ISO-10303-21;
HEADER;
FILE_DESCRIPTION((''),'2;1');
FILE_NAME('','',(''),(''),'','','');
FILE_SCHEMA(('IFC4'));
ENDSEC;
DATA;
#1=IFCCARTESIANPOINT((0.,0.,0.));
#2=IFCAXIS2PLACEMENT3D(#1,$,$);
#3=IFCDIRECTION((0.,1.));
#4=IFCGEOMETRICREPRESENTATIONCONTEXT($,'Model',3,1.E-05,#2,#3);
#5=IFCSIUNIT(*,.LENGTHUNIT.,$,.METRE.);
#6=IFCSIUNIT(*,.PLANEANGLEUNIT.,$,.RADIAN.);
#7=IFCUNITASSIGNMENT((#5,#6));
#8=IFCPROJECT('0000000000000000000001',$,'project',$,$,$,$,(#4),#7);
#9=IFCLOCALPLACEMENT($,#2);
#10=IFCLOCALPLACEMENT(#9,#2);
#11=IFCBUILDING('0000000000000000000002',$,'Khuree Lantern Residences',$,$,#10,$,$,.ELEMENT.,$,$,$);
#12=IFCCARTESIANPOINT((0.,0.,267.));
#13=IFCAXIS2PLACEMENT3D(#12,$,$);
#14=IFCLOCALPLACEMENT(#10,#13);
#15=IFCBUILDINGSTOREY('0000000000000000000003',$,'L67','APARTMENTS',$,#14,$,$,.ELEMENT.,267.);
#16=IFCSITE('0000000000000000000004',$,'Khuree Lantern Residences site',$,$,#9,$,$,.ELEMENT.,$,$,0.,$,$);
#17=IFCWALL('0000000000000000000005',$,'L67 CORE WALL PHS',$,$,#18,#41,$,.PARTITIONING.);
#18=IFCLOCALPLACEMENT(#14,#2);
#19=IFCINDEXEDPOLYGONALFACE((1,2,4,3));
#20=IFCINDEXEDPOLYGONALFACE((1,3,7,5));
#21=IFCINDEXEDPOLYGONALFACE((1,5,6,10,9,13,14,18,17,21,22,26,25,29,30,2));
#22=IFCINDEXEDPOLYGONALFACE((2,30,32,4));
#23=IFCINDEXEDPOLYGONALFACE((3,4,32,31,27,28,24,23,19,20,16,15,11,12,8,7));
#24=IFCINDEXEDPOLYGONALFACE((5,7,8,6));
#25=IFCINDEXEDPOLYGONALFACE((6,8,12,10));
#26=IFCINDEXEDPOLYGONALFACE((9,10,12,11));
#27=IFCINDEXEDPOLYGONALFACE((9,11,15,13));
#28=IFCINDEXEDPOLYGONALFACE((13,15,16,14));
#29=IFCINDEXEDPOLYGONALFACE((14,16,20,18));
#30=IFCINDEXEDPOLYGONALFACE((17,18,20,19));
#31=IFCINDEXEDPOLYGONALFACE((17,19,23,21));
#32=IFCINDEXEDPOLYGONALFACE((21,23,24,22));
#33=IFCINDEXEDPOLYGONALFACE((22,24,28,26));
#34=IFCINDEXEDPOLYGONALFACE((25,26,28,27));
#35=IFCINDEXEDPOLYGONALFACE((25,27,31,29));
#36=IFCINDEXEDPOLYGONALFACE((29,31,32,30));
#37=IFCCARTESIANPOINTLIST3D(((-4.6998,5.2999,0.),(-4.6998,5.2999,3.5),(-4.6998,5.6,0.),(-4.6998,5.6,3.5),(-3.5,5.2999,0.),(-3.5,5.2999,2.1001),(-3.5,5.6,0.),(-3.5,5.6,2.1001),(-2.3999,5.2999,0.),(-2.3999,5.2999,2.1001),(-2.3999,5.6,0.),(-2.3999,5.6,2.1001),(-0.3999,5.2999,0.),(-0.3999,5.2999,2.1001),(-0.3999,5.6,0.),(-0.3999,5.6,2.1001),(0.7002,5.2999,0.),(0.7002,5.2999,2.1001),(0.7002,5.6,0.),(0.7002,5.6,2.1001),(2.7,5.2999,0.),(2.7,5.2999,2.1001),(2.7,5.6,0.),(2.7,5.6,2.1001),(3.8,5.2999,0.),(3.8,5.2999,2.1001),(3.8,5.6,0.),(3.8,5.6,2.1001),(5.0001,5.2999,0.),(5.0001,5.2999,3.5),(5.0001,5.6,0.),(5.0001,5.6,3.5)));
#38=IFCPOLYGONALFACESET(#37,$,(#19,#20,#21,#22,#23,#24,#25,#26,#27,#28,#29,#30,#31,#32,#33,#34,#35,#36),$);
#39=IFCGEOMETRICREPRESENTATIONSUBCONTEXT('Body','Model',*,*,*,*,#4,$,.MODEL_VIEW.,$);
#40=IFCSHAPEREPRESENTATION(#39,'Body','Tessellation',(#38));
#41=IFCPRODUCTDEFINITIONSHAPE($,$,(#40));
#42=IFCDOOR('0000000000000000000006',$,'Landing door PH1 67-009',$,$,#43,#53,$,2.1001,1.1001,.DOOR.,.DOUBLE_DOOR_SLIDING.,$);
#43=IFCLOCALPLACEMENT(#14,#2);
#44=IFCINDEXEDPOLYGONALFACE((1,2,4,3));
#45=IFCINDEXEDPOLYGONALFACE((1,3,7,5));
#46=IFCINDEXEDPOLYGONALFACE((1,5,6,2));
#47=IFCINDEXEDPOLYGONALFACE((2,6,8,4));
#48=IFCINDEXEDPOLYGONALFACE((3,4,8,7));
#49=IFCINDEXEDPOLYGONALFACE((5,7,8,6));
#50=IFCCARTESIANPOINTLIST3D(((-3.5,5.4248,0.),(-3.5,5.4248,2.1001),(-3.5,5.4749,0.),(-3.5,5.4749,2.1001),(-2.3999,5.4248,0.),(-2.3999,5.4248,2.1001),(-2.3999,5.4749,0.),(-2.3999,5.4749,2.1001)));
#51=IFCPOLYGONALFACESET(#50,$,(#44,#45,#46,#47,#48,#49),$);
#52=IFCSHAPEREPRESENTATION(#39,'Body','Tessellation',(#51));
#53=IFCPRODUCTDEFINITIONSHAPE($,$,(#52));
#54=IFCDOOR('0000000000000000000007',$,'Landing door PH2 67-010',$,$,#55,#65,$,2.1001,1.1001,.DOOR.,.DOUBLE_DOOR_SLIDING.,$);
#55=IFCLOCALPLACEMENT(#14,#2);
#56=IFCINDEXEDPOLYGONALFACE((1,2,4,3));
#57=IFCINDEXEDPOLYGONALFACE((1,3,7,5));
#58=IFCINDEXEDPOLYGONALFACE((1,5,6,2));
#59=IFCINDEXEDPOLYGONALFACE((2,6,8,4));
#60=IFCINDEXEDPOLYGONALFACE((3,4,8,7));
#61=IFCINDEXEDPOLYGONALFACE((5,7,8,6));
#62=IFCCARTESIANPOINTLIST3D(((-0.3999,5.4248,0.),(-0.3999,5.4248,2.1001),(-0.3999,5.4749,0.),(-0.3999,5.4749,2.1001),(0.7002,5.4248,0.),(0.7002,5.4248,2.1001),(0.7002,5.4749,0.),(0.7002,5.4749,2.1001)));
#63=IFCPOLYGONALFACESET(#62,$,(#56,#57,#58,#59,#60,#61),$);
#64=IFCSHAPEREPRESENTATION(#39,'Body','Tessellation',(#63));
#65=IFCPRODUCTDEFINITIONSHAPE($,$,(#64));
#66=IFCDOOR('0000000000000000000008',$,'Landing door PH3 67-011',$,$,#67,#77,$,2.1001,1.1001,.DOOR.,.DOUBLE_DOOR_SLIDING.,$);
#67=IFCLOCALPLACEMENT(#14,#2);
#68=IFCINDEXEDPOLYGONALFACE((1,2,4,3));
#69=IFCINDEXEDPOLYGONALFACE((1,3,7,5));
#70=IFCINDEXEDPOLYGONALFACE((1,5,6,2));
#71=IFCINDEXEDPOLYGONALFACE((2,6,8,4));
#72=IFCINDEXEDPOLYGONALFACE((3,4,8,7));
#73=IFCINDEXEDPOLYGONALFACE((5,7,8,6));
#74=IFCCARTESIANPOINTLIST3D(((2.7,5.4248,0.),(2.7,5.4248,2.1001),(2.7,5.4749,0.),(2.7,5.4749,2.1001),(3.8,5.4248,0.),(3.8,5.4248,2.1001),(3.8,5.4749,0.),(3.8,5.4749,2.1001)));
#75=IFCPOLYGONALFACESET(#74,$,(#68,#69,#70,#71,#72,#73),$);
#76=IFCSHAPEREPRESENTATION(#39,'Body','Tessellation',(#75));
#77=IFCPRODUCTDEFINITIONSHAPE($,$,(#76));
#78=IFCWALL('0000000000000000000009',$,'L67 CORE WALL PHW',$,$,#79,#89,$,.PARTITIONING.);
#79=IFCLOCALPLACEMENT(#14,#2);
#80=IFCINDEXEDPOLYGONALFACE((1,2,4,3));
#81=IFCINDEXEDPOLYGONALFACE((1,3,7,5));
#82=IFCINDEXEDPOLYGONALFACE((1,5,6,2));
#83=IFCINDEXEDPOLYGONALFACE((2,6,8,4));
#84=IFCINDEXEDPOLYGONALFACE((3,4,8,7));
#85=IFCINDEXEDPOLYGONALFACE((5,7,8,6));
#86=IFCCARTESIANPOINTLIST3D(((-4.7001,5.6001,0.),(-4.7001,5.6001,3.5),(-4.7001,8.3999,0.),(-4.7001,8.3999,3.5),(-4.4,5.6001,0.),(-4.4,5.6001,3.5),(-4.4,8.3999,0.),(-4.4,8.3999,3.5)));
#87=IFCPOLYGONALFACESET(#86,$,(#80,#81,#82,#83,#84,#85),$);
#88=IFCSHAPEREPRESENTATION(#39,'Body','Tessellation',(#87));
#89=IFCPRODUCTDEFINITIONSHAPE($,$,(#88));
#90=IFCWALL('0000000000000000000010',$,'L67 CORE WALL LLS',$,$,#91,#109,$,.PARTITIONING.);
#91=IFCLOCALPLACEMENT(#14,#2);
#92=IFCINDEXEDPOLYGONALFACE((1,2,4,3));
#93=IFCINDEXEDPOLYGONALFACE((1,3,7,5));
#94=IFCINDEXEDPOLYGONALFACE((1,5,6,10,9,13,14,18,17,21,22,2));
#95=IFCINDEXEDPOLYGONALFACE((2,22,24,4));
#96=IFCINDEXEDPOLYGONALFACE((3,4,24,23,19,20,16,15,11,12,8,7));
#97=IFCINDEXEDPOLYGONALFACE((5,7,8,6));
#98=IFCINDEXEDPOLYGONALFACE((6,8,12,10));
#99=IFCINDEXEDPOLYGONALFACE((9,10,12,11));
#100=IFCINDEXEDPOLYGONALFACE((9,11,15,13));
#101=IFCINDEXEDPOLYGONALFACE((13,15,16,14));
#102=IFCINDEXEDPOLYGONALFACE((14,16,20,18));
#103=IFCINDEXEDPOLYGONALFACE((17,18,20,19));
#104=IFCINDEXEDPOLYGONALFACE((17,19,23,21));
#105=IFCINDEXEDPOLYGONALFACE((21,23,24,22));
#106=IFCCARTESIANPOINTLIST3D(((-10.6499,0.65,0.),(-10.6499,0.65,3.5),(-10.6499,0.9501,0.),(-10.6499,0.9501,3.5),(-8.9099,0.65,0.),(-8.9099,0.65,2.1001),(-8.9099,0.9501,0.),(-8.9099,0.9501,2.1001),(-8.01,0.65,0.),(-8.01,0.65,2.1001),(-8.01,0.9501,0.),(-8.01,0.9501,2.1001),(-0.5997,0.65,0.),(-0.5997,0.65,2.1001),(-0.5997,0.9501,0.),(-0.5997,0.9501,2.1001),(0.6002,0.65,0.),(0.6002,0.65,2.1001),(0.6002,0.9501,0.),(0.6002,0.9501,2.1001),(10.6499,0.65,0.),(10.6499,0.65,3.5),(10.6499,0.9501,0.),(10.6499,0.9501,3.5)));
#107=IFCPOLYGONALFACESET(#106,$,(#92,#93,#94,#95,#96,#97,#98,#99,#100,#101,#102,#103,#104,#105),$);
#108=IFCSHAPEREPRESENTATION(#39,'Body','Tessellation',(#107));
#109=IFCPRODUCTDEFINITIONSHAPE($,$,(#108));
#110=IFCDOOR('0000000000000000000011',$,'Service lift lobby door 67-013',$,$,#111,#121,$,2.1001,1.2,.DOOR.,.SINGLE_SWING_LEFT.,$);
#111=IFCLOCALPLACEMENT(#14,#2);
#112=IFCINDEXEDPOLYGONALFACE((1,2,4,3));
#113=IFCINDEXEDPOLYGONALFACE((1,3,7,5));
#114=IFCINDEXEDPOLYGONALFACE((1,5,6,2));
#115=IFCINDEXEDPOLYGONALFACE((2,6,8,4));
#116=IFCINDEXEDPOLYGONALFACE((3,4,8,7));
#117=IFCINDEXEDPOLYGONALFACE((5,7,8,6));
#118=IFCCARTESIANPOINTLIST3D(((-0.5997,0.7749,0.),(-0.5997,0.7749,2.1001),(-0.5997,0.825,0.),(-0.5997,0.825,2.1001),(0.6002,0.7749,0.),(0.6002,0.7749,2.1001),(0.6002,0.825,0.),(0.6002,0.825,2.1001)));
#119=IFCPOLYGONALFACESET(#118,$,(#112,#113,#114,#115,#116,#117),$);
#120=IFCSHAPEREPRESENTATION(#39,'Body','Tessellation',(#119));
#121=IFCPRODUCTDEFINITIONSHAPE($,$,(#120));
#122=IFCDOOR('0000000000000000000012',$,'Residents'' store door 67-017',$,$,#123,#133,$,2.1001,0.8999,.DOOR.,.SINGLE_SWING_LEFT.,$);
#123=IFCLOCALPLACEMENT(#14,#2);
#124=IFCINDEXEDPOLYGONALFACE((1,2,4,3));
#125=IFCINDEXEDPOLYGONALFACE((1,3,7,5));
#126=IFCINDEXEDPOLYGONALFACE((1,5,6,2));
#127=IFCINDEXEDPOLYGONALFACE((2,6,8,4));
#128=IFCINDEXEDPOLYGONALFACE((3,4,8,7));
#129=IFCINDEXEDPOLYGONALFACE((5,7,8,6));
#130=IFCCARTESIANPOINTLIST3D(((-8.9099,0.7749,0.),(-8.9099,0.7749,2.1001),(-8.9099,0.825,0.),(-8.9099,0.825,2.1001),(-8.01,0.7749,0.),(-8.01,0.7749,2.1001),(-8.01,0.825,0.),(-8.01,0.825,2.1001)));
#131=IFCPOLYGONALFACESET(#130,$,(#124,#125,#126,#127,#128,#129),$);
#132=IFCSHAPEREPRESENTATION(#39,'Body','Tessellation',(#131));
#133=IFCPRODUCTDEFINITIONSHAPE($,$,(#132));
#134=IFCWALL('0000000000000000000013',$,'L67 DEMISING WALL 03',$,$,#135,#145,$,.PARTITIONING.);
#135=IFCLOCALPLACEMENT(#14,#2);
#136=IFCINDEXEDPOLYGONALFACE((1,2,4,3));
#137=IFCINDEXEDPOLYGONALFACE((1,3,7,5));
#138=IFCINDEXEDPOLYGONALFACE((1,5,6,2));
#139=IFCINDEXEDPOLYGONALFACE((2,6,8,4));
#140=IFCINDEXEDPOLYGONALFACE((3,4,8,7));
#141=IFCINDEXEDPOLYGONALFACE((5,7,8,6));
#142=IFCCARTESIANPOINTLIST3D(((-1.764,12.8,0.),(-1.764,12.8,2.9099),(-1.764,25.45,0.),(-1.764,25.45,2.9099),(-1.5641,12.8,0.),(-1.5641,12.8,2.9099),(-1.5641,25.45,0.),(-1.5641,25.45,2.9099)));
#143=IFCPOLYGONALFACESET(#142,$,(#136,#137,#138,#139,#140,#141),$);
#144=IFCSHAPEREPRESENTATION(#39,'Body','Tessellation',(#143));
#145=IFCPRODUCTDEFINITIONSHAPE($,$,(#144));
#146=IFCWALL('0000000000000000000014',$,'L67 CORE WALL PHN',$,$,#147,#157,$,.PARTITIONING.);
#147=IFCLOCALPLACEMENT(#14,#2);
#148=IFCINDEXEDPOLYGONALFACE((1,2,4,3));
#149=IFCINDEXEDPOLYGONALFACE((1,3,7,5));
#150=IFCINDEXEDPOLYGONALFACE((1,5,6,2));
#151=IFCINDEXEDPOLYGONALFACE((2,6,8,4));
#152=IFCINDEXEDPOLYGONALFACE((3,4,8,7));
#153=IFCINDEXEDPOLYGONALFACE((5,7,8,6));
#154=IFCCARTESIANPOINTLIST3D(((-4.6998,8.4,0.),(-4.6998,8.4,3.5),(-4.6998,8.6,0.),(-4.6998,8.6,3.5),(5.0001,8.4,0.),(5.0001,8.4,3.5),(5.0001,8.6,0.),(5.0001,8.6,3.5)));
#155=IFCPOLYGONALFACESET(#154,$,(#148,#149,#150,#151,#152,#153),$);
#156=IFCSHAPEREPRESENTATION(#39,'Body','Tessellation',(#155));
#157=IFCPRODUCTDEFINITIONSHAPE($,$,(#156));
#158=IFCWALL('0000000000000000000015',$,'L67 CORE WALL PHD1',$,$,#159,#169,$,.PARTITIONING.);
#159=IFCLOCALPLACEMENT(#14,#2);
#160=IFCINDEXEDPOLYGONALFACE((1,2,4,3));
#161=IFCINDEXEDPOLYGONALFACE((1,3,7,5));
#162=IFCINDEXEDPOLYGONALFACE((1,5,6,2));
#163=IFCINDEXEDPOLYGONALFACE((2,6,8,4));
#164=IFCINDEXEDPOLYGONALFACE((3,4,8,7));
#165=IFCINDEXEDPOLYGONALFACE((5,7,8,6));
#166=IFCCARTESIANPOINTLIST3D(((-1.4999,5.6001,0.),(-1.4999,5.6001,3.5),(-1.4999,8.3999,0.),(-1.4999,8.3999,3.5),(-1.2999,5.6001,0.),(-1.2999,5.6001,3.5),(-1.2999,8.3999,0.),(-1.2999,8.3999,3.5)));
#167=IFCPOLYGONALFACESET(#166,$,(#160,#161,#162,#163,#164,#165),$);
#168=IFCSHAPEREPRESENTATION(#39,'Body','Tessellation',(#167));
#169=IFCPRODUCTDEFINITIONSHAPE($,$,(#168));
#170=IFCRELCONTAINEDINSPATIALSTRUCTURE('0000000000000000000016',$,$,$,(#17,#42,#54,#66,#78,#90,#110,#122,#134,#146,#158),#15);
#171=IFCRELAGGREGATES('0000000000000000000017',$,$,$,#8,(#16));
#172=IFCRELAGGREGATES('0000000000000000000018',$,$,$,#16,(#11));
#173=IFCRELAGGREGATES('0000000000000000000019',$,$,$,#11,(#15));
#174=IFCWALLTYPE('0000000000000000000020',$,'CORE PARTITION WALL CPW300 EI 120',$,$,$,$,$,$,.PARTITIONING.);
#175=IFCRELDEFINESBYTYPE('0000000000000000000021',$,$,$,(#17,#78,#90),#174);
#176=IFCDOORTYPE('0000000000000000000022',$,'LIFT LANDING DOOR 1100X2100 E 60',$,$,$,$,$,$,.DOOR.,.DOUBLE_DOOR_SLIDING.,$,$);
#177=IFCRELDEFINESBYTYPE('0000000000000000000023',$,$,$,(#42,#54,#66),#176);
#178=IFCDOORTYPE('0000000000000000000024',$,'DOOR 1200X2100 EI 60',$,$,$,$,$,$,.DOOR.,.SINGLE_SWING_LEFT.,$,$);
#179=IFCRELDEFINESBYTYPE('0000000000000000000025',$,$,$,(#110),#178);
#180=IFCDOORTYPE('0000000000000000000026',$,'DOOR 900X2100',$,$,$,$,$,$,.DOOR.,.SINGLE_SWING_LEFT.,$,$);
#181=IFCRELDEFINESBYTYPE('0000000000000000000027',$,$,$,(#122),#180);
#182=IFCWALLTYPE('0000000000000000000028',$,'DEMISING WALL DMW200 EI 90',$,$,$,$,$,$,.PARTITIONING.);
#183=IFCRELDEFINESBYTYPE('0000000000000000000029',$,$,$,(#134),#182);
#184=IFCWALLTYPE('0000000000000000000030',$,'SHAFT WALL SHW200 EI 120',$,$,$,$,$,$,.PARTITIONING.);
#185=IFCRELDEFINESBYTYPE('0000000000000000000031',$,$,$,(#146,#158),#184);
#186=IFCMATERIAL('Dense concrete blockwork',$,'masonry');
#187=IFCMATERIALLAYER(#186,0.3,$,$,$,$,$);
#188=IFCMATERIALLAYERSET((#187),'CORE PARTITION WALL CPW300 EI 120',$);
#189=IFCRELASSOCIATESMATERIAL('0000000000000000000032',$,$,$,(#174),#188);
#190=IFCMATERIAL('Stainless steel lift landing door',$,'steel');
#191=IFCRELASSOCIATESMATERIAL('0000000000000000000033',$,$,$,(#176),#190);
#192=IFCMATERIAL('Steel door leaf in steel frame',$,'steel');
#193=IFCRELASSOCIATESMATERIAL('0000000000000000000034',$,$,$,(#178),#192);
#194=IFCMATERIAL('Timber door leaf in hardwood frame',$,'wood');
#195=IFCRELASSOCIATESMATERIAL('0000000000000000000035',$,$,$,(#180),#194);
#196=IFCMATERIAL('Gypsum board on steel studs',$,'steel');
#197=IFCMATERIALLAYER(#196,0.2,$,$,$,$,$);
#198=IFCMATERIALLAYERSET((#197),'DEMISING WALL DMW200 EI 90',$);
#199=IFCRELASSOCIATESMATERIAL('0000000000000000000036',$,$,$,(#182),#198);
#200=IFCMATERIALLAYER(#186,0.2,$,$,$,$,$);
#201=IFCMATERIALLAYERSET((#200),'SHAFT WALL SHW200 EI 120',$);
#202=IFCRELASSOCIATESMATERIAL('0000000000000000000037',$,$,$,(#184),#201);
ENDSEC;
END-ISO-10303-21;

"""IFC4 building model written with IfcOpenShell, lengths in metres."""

from ifc_helpers import new_model, si_unit, direction, frame, frame_2d, origin, place, context, subcontext, project, spatial, rectangle, extrude, material, layer, layer_set, type_object, element, fill, save


model = new_model("IFC4")

# Units and contexts
model_context = context("Model", 3, precision=1e-05, world=origin(), true_north=direction((0.0, 1.0)))
body_context = subcontext(model_context, "Body", "Model", "MODEL_VIEW")
ifc_project = project(units=[si_unit("LENGTHUNIT", "METRE"), si_unit("PLANEANGLEUNIT", "RADIAN")], contexts=[model_context])

# Site, building, storey
site_placement = place(None, origin())
site = spatial("IfcSite", under=ifc_project, at=site_placement, Name="Khuree Lantern Residences site", CompositionType="ELEMENT", RefElevation=0.0)
building_placement = place(site_placement, origin())
building = spatial("IfcBuilding", under=site, at=building_placement, Name="Khuree Lantern Residences", CompositionType="ELEMENT")
storey_placement = place(building_placement, frame((0.0, 0.0, 267.0)))
storey = spatial("IfcBuildingStorey", under=building, at=storey_placement, Name="L67", Description="APARTMENTS", CompositionType="ELEMENT", Elevation=267.0)

# Shared definitions
ifc_material_1 = material(Name="Timber door leaf in hardwood frame", Category="wood")

# Wall, openings, doors
ifc_material_2 = material(Name="Dense concrete blockwork", Category="masonry")
ifc_layer_1 = layer(ifc_material_2, 0.3)
ifc_layer_set_1 = layer_set([ifc_layer_1], Name="CORE PARTITION WALL CPW300 EI 120")
wall_type_1 = type_object("IfcWallType", Name="CORE PARTITION WALL CPW300 EI 120", PredefinedType="PARTITIONING", material=ifc_layer_set_1)
wall_1_placement = place(storey_placement, frame((-4.7, 5.45, 0.0), z_axis=(0.0, 0.0, 1.0), x_axis=(1.0, 0.0, 0.0)))
wall_1 = element("IfcWall", 1, at=wall_1_placement, inside=storey, type_object=wall_type_1, Name="L67 CORE WALL PHS", PredefinedType="PARTITIONING", context=body_context, shape_type="SweptSolid", body=[
    extrude(rectangle(XDim=9.7, YDim=0.3, at=frame_2d((4.8501, 0.0))), origin(), (0.0, 0.0, 1.0), 3.5),
])
opening_1_placement = place(wall_1_placement, frame((1.2, 0.0, 0.0)))
opening_1 = element("IfcOpeningElement", 2, at=opening_1_placement, cuts=wall_1, PredefinedType="OPENING", context=body_context, shape_type="SweptSolid", body=[
    extrude(rectangle(XDim=1.1001, YDim=2.1001, at=frame_2d((0.55, 1.05))), frame((0.0, 0.1602, 0.0), z_axis=(0.0, -1.0, 0.0), x_axis=(1.0, 0.0, 0.0)), (0.0, 0.0, 1.0), 0.3201),
])
opening_2_placement = place(wall_1_placement, frame((4.3, 0.0, 0.0)))
opening_2 = element("IfcOpeningElement", 3, at=opening_2_placement, cuts=wall_1, PredefinedType="OPENING", context=body_context, shape_type="SweptSolid", body=[
    extrude(rectangle(XDim=1.1001, YDim=2.1001, at=frame_2d((0.55, 1.05))), frame((0.0, 0.1602, 0.0), z_axis=(0.0, -1.0, 0.0), x_axis=(1.0, 0.0, 0.0)), (0.0, 0.0, 1.0), 0.3201),
])
opening_3_placement = place(wall_1_placement, frame((7.3999, 0.0, 0.0)))
opening_3 = element("IfcOpeningElement", 4, at=opening_3_placement, cuts=wall_1, PredefinedType="OPENING", context=body_context, shape_type="SweptSolid", body=[
    extrude(rectangle(XDim=1.1001, YDim=2.1001, at=frame_2d((0.55, 1.05))), frame((0.0, 0.1602, 0.0), z_axis=(0.0, -1.0, 0.0), x_axis=(1.0, 0.0, 0.0)), (0.0, 0.0, 1.0), 0.3201),
])
ifc_material_3 = material(Name="Stainless steel lift landing door", Category="steel")
door_type_1 = type_object("IfcDoorType", Name="LIFT LANDING DOOR 1100X2100 E 60", OperationType="DOUBLE_DOOR_SLIDING", PredefinedType="DOOR", material=ifc_material_3)
door_1_placement = place(opening_1_placement, origin())
door_1 = element("IfcDoor", 5, at=door_1_placement, inside=storey, type_object=door_type_1, Name="Landing door PH1 67-009", OperationType="DOUBLE_DOOR_SLIDING", OverallHeight=2.1001, OverallWidth=1.1001, PredefinedType="DOOR", context=body_context, shape_type="SweptSolid", body=[
    extrude(rectangle(XDim=1.1001, YDim=2.1001, at=frame_2d((0.55, 1.05))), frame((0.0, 0.0249, 0.0), z_axis=(0.0, -1.0, 0.0), x_axis=(1.0, 0.0, 0.0)), (0.0, 0.0, 1.0), 0.05),
])
fill(opening_1, door_1)
door_2_placement = place(opening_2_placement, origin())
door_2 = element("IfcDoor", 6, at=door_2_placement, inside=storey, type_object=door_type_1, Name="Landing door PH2 67-010", OperationType="DOUBLE_DOOR_SLIDING", OverallHeight=2.1001, OverallWidth=1.1001, PredefinedType="DOOR", context=body_context, shape_type="SweptSolid", body=[
    extrude(rectangle(XDim=1.1001, YDim=2.1001, at=frame_2d((0.55, 1.05))), frame((0.0, 0.0249, 0.0), z_axis=(0.0, -1.0, 0.0), x_axis=(1.0, 0.0, 0.0)), (0.0, 0.0, 1.0), 0.05),
])
fill(opening_2, door_2)
door_3_placement = place(opening_3_placement, origin())
door_3 = element("IfcDoor", 7, at=door_3_placement, inside=storey, type_object=door_type_1, Name="Landing door PH3 67-011", OperationType="DOUBLE_DOOR_SLIDING", OverallHeight=2.1001, OverallWidth=1.1001, PredefinedType="DOOR", context=body_context, shape_type="SweptSolid", body=[
    extrude(rectangle(XDim=1.1001, YDim=2.1001, at=frame_2d((0.55, 1.05))), frame((0.0, 0.0249, 0.0), z_axis=(0.0, -1.0, 0.0), x_axis=(1.0, 0.0, 0.0)), (0.0, 0.0, 1.0), 0.05),
])
fill(opening_3, door_3)

# Wall
wall_2_placement = place(storey_placement, frame((-4.55, 5.6001, 0.0), z_axis=(0.0, 0.0, 1.0), x_axis=(0.0, 1.0, 0.0)))
element("IfcWall", 8, at=wall_2_placement, inside=storey, type_object=wall_type_1, Name="L67 CORE WALL PHW", PredefinedType="PARTITIONING", context=body_context, shape_type="SweptSolid", body=[
    extrude(rectangle(XDim=2.7998, YDim=0.3, at=frame_2d((1.3999, 0.0))), origin(), (0.0, 0.0, 1.0), 3.5),
])

# Wall, openings, doors
wall_3_placement = place(storey_placement, frame((-10.6499, 0.8, 0.0), z_axis=(0.0, 0.0, 1.0), x_axis=(1.0, 0.0, 0.0)))
wall_3 = element("IfcWall", 9, at=wall_3_placement, inside=storey, type_object=wall_type_1, Name="L67 CORE WALL LLS", PredefinedType="PARTITIONING", context=body_context, shape_type="SweptSolid", body=[
    extrude(rectangle(XDim=21.2998, YDim=0.3, at=frame_2d((10.6499, 0.0))), origin(), (0.0, 0.0, 1.0), 3.5),
])
opening_4_placement = place(wall_3_placement, frame((10.05, 0.0, 0.0)))
opening_4 = element("IfcOpeningElement", 10, at=opening_4_placement, cuts=wall_3, PredefinedType="OPENING", context=body_context, shape_type="SweptSolid", body=[
    extrude(rectangle(XDim=1.2, YDim=2.1001, at=frame_2d((0.6001, 1.05))), frame((0.0, 0.1602, 0.0), z_axis=(0.0, -1.0, 0.0), x_axis=(1.0, 0.0, 0.0)), (0.0, 0.0, 1.0), 0.3201),
])
opening_5_placement = place(wall_3_placement, frame((1.74, 0.0, 0.0)))
opening_5 = element("IfcOpeningElement", 11, at=opening_5_placement, cuts=wall_3, PredefinedType="OPENING", context=body_context, shape_type="SweptSolid", body=[
    extrude(rectangle(XDim=0.8999, YDim=2.1001, at=frame_2d((0.45, 1.05))), frame((0.0, 0.1602, 0.0), z_axis=(0.0, -1.0, 0.0), x_axis=(1.0, 0.0, 0.0)), (0.0, 0.0, 1.0), 0.3201),
])
ifc_material_4 = material(Name="Steel door leaf in steel frame", Category="steel")
door_type_2 = type_object("IfcDoorType", Name="DOOR 1200X2100 EI 60", OperationType="SINGLE_SWING_LEFT", PredefinedType="DOOR", material=ifc_material_4)
door_4_placement = place(opening_4_placement, origin())
door_4 = element("IfcDoor", 12, at=door_4_placement, inside=storey, type_object=door_type_2, Name="Service lift lobby door 67-013", OperationType="SINGLE_SWING_LEFT", OverallHeight=2.1001, OverallWidth=1.2, PredefinedType="DOOR", context=body_context, shape_type="SweptSolid", body=[
    extrude(rectangle(XDim=1.2, YDim=2.1001, at=frame_2d((0.6001, 1.05))), frame((0.0, 0.0249, 0.0), z_axis=(0.0, -1.0, 0.0), x_axis=(1.0, 0.0, 0.0)), (0.0, 0.0, 1.0), 0.05),
])
fill(opening_4, door_4)
door_type_3 = type_object("IfcDoorType", Name="DOOR 900X2100", OperationType="SINGLE_SWING_LEFT", PredefinedType="DOOR", material=ifc_material_1)
door_5_placement = place(opening_5_placement, origin())
door_5 = element("IfcDoor", 13, at=door_5_placement, inside=storey, type_object=door_type_3, Name="Residents' store door 67-017", OperationType="SINGLE_SWING_LEFT", OverallHeight=2.1001, OverallWidth=0.8999, PredefinedType="DOOR", context=body_context, shape_type="SweptSolid", body=[
    extrude(rectangle(XDim=0.8999, YDim=2.1001, at=frame_2d((0.45, 1.05))), frame((0.0, 0.0249, 0.0), z_axis=(0.0, -1.0, 0.0), x_axis=(1.0, 0.0, 0.0)), (0.0, 0.0, 1.0), 0.05),
])
fill(opening_5, door_5)

# Walls
ifc_material_5 = material(Name="Gypsum board on steel studs", Category="steel")
ifc_layer_2 = layer(ifc_material_5, 0.2)
ifc_layer_set_2 = layer_set([ifc_layer_2], Name="DEMISING WALL DMW200 EI 90")
wall_type_2 = type_object("IfcWallType", Name="DEMISING WALL DMW200 EI 90", PredefinedType="PARTITIONING", material=ifc_layer_set_2)
wall_4_placement = place(storey_placement, frame((-1.6641, 12.8, 0.0), z_axis=(0.0, 0.0, 1.0), x_axis=(0.0, 1.0, 0.0)))
element("IfcWall", 14, at=wall_4_placement, inside=storey, type_object=wall_type_2, Name="L67 DEMISING WALL 03", PredefinedType="PARTITIONING", context=body_context, shape_type="SweptSolid", body=[
    extrude(rectangle(XDim=12.6499, YDim=0.2, at=frame_2d((6.325, 0.0))), origin(), (0.0, 0.0, 1.0), 2.9099),
])
ifc_layer_3 = layer(ifc_material_2, 0.2)
ifc_layer_set_3 = layer_set([ifc_layer_3], Name="SHAFT WALL SHW200 EI 120")
wall_type_3 = type_object("IfcWallType", Name="SHAFT WALL SHW200 EI 120", PredefinedType="PARTITIONING", material=ifc_layer_set_3)
wall_5_placement = place(storey_placement, frame((-4.7, 8.5, 0.0), z_axis=(0.0, 0.0, 1.0), x_axis=(1.0, 0.0, 0.0)))
element("IfcWall", 15, at=wall_5_placement, inside=storey, type_object=wall_type_3, Name="L67 CORE WALL PHN", PredefinedType="PARTITIONING", context=body_context, shape_type="SweptSolid", body=[
    extrude(rectangle(XDim=9.7, YDim=0.2, at=frame_2d((4.8501, 0.0))), origin(), (0.0, 0.0, 1.0), 3.5),
])
wall_6_placement = place(storey_placement, frame((-1.3999, 5.6001, 0.0), z_axis=(0.0, 0.0, 1.0), x_axis=(0.0, 1.0, 0.0)))
element("IfcWall", 16, at=wall_6_placement, inside=storey, type_object=wall_type_3, Name="L67 CORE WALL PHD1", PredefinedType="PARTITIONING", context=body_context, shape_type="SweptSolid", body=[
    extrude(rectangle(XDim=2.7998, YDim=0.2, at=frame_2d((1.3999, 0.0))), origin(), (0.0, 0.0, 1.0), 3.5),
])

save(model, "model.ifc")
